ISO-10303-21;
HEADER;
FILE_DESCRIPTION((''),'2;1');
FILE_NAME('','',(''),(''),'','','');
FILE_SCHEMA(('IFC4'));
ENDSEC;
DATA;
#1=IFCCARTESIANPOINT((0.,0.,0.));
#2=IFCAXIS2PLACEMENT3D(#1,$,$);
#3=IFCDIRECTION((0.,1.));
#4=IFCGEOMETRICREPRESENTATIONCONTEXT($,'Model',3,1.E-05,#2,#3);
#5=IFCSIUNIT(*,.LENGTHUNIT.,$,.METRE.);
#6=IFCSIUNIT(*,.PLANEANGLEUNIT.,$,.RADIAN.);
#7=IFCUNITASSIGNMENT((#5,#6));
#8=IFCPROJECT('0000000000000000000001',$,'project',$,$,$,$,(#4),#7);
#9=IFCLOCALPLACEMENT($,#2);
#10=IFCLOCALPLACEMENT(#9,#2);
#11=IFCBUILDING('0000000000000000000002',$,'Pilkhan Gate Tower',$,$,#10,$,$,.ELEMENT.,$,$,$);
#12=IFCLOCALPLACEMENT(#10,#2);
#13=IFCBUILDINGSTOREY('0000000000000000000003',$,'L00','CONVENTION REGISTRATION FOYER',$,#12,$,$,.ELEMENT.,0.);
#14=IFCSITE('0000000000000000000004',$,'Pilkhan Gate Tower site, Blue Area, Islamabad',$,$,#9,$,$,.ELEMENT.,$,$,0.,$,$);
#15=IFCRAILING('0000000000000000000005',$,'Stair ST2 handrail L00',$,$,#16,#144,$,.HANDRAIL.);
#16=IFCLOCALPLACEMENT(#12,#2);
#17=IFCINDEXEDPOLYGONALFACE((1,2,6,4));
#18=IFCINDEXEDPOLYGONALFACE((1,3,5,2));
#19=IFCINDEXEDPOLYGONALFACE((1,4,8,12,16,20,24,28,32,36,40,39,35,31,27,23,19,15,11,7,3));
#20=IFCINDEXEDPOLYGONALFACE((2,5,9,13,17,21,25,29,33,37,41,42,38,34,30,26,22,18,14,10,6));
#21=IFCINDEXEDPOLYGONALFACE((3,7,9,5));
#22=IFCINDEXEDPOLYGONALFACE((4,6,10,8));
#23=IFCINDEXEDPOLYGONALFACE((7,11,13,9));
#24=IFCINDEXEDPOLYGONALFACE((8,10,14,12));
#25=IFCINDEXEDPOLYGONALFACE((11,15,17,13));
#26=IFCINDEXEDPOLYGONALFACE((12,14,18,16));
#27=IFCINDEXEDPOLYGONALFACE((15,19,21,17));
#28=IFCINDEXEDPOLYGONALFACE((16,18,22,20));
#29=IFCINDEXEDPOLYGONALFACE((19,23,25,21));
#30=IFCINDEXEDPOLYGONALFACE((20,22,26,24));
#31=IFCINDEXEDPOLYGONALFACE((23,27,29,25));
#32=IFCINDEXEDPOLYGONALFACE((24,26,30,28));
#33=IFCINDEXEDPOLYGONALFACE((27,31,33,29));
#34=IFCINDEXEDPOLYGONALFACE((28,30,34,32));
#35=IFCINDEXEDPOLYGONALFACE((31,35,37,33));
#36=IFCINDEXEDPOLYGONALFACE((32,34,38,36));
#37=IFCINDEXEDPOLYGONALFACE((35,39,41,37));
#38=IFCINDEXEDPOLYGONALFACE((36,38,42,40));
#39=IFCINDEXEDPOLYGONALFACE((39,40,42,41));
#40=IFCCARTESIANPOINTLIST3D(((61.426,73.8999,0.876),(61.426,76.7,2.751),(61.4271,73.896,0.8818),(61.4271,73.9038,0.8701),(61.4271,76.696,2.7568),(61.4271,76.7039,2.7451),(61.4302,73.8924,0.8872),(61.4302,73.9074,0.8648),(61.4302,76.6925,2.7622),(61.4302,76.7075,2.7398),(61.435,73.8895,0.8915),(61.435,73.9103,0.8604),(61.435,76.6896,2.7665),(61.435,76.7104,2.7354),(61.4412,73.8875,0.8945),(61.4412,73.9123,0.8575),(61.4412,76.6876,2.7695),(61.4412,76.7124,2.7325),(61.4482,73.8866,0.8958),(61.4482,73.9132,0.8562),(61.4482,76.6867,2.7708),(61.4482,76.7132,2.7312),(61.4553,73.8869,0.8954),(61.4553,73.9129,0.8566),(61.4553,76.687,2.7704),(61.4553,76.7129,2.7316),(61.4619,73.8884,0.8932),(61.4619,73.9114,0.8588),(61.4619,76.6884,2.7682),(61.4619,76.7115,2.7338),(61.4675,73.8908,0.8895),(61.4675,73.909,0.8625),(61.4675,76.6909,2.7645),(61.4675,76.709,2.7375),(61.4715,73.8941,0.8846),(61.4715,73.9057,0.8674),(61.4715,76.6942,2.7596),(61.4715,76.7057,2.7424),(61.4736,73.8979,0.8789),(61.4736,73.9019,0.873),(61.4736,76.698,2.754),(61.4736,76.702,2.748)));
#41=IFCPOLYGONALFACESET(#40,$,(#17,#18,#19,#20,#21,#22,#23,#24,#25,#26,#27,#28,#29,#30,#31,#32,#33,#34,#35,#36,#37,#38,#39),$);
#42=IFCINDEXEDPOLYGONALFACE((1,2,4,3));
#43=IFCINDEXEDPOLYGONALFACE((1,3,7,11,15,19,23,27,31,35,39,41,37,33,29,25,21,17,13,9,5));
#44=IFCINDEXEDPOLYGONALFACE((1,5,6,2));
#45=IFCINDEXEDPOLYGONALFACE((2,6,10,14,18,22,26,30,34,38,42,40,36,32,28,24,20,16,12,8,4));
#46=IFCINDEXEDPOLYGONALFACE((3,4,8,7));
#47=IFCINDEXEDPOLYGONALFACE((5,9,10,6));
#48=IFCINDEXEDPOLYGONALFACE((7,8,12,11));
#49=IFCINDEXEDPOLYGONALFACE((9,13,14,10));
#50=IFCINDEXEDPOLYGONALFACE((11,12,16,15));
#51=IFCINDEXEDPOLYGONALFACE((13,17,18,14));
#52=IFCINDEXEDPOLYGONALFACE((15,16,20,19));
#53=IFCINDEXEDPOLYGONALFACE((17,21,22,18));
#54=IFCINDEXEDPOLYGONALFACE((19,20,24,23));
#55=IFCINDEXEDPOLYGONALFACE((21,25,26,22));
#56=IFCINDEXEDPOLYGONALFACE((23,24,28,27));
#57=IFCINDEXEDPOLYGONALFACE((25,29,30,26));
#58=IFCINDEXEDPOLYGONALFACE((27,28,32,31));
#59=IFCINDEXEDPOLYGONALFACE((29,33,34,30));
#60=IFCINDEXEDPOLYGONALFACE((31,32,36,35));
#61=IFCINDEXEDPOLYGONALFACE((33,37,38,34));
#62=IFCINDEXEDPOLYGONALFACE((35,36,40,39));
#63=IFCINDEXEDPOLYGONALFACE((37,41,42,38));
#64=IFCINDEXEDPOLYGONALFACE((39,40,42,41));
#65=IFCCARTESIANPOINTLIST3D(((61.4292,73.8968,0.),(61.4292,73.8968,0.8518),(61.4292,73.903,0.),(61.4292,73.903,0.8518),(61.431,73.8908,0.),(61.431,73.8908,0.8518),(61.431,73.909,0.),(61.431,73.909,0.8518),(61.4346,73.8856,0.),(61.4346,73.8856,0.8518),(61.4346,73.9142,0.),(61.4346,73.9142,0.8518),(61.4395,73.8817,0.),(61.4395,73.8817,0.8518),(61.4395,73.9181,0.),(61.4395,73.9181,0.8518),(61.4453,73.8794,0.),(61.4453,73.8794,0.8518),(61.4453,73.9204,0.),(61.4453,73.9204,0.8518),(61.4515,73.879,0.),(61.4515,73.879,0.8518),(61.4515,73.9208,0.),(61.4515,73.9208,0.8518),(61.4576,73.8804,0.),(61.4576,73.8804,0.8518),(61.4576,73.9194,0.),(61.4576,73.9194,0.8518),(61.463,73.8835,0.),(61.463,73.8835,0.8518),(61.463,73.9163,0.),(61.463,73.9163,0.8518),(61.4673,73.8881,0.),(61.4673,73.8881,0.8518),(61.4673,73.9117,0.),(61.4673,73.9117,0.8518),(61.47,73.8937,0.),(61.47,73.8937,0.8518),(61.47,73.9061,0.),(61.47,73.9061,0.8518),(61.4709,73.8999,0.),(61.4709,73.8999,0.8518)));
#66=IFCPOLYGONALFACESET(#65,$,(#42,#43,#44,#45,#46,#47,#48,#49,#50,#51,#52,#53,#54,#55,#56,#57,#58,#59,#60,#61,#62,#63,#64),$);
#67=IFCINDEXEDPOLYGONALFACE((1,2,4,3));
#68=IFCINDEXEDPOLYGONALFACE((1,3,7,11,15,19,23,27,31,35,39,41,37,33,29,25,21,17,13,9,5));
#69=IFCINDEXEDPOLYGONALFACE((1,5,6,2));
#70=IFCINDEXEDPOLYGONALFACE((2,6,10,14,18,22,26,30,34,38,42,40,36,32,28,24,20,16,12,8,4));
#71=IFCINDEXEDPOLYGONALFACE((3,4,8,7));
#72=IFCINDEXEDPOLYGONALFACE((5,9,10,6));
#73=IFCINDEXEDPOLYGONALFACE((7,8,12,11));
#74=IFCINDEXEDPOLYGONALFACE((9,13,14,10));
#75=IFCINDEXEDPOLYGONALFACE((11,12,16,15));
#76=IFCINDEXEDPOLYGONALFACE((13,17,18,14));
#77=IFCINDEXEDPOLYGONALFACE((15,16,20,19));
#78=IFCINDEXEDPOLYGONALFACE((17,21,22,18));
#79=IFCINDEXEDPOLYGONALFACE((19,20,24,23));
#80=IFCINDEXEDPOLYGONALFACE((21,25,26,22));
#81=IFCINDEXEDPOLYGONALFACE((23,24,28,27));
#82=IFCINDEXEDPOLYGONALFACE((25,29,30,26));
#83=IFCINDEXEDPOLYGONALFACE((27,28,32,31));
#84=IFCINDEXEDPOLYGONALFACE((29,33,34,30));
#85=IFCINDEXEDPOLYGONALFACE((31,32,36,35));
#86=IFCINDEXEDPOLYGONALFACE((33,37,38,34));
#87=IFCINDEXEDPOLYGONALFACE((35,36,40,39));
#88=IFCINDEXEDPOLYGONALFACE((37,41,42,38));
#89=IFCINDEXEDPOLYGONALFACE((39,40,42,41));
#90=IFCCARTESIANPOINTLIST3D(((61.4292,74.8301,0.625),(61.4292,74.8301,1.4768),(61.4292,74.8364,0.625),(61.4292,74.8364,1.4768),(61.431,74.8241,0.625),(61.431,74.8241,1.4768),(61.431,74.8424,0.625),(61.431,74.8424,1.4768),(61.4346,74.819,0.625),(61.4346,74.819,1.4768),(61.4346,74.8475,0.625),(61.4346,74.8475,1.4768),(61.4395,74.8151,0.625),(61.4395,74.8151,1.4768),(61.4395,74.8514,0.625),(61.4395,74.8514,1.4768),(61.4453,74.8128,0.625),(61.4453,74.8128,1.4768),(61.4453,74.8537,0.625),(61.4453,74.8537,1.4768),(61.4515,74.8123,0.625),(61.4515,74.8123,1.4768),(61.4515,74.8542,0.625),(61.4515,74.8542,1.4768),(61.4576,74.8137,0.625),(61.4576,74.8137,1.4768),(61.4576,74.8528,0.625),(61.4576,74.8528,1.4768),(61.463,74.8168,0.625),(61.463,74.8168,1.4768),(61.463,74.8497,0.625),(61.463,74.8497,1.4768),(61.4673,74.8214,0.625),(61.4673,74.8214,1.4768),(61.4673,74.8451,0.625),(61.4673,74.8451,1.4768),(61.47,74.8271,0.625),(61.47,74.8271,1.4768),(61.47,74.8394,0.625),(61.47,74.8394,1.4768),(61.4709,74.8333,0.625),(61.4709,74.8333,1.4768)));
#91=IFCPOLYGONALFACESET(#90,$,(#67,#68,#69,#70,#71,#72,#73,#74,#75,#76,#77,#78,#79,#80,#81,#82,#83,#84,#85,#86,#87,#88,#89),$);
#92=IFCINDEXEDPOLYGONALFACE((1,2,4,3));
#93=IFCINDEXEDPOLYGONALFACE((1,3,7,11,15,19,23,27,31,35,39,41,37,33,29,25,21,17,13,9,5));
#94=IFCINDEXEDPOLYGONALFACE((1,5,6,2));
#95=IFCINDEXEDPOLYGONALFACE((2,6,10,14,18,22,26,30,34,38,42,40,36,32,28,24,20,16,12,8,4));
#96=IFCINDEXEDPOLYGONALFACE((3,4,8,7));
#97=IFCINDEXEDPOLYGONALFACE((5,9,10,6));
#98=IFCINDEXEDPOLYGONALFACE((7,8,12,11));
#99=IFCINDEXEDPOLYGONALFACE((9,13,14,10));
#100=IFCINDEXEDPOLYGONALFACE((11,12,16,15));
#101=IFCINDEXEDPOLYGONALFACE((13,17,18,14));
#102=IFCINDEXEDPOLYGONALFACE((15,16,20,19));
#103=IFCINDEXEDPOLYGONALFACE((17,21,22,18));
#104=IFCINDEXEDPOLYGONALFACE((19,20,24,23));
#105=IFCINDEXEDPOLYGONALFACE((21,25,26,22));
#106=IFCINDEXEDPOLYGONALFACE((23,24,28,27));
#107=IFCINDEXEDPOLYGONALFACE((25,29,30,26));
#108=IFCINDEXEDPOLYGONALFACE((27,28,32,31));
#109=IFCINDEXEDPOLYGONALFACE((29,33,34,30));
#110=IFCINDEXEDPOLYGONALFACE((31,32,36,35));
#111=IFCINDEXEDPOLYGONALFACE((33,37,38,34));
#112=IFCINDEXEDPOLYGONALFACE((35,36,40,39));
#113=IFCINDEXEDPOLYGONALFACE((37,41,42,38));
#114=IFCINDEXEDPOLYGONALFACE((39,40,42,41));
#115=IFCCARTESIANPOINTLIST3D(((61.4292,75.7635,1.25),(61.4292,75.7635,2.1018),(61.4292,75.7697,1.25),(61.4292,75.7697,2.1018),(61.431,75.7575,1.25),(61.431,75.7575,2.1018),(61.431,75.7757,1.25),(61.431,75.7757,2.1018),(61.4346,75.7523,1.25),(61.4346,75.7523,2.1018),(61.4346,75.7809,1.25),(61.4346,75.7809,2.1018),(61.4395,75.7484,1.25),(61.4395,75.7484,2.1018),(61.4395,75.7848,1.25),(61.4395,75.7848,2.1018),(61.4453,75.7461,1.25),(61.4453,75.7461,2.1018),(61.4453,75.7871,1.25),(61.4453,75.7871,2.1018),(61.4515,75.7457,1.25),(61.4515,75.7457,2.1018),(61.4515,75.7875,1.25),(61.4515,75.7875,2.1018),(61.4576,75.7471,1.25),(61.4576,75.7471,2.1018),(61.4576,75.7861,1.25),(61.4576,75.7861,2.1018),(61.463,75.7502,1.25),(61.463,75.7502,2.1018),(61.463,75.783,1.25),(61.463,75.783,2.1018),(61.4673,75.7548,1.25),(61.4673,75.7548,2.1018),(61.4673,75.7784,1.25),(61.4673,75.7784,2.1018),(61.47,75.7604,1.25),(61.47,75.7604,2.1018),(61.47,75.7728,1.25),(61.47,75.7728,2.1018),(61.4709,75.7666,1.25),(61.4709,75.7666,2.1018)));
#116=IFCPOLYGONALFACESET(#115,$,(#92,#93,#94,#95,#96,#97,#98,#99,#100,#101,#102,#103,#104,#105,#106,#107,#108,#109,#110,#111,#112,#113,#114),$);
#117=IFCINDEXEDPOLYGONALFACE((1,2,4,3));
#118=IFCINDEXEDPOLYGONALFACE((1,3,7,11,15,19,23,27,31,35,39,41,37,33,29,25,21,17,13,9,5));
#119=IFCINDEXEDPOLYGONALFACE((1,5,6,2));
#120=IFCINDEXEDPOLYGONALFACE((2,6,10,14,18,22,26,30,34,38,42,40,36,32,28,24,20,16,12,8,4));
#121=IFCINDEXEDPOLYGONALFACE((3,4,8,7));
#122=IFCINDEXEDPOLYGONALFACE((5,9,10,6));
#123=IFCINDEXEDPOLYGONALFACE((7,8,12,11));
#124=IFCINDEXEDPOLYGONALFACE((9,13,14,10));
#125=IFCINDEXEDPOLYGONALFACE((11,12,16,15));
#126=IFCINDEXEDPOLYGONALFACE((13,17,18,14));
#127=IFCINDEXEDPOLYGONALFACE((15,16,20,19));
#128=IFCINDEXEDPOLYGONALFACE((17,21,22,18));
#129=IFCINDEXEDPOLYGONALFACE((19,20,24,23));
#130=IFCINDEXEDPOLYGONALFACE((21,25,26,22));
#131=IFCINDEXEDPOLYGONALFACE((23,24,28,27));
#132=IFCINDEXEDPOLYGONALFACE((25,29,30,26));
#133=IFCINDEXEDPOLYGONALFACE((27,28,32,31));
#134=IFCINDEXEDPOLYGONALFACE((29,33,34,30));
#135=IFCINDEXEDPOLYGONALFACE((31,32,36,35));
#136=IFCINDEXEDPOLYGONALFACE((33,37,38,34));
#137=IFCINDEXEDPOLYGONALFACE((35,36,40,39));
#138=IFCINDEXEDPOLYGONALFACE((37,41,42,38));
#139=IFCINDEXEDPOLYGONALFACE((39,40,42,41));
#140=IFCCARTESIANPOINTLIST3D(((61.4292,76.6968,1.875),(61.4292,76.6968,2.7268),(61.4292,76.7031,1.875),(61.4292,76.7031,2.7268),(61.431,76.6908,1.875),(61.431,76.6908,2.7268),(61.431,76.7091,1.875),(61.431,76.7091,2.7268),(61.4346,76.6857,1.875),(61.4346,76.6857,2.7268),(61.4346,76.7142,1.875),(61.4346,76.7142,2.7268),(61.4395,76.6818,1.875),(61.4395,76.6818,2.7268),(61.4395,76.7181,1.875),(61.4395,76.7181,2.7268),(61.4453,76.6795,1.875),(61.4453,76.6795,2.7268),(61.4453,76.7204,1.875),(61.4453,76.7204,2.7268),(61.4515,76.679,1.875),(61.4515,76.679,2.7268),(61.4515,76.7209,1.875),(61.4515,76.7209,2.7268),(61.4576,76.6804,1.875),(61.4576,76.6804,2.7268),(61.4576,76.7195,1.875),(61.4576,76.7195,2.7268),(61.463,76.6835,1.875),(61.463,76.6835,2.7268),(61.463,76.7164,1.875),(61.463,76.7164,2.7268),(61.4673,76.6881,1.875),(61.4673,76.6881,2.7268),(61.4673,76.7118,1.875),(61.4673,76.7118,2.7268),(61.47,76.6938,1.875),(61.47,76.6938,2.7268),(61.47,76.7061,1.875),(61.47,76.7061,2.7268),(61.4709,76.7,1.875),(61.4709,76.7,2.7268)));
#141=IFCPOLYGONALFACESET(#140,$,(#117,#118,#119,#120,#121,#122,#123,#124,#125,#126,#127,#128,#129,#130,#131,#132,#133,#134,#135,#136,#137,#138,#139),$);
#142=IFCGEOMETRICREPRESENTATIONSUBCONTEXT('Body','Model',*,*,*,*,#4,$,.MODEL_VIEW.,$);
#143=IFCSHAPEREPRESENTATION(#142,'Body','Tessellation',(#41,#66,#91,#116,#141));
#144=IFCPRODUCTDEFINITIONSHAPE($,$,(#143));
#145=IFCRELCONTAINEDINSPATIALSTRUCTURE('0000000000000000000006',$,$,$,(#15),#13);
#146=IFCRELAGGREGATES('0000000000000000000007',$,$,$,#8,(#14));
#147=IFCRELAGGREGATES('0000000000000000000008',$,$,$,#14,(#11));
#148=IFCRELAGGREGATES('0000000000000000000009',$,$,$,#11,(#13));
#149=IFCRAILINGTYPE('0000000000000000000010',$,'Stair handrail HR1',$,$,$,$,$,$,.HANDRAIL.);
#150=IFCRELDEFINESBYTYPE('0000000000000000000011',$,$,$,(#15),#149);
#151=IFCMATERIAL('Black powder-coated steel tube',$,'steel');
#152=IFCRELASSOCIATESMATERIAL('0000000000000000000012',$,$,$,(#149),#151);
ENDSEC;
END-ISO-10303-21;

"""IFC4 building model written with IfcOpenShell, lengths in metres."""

from ifc_helpers import new_model, si_unit, direction, frame, origin, origin_2d, place, context, subcontext, project, spatial, circle, extrude, material, type_object, element, save


model = new_model("IFC4")

# Units and contexts
model_context = context("Model", 3, precision=1e-05, world=origin(), true_north=direction((0.0, 1.0)))
body_context = subcontext(model_context, "Body", "Model", "MODEL_VIEW")
ifc_project = project(units=[si_unit("LENGTHUNIT", "METRE"), si_unit("PLANEANGLEUNIT", "RADIAN")], contexts=[model_context])

# Site, building, storey
site_placement = place(None, origin())
site = spatial("IfcSite", under=ifc_project, at=site_placement, Name="Pilkhan Gate Tower site, Blue Area, Islamabad", CompositionType="ELEMENT", RefElevation=0.0)
building_placement = place(site_placement, origin())
building = spatial("IfcBuilding", under=site, at=building_placement, Name="Pilkhan Gate Tower", CompositionType="ELEMENT")
storey_placement = place(building_placement, origin())
storey = spatial("IfcBuildingStorey", under=building, at=storey_placement, Name="L00", Description="CONVENTION REGISTRATION FOYER", CompositionType="ELEMENT", Elevation=0.0)

# Railing
ifc_material_1 = material(Name="Black powder-coated steel tube", Category="steel")
railing_type_1 = type_object("IfcRailingType", Name="Stair handrail HR1", PredefinedType="HANDRAIL", material=ifc_material_1)
railing_1_placement = place(storey_placement, frame((61.45, 73.8999, 0.0)))
element("IfcRailing", 1, at=railing_1_placement, inside=storey, type_object=railing_type_1, Name="Stair ST2 handrail L00", PredefinedType="HANDRAIL", context=body_context, shape_type="SweptSolid", body=[
    extrude(circle(Radius=0.0239, at=origin_2d()), frame((0.0, 0.0, 0.876), z_axis=(0.0, 0.830912, 0.556404), x_axis=(-1.0, 0.0, 0.0)), (0.0, 0.0, 1.0), 3.3699),
    extrude(circle(Radius=0.021, at=origin_2d()), origin(), (0.0, 0.0, 1.0), 0.8518),
    extrude(circle(Radius=0.021, at=origin_2d()), frame((0.0, 0.9333, 0.625)), (0.0, 0.0, 1.0), 0.8518),
    extrude(circle(Radius=0.021, at=origin_2d()), frame((0.0, 1.8667, 1.25)), (0.0, 0.0, 1.0), 0.8518),
    extrude(circle(Radius=0.021, at=origin_2d()), frame((0.0, 2.8, 1.875)), (0.0, 0.0, 1.0), 0.8518),
])

save(model, "model.ifc")
